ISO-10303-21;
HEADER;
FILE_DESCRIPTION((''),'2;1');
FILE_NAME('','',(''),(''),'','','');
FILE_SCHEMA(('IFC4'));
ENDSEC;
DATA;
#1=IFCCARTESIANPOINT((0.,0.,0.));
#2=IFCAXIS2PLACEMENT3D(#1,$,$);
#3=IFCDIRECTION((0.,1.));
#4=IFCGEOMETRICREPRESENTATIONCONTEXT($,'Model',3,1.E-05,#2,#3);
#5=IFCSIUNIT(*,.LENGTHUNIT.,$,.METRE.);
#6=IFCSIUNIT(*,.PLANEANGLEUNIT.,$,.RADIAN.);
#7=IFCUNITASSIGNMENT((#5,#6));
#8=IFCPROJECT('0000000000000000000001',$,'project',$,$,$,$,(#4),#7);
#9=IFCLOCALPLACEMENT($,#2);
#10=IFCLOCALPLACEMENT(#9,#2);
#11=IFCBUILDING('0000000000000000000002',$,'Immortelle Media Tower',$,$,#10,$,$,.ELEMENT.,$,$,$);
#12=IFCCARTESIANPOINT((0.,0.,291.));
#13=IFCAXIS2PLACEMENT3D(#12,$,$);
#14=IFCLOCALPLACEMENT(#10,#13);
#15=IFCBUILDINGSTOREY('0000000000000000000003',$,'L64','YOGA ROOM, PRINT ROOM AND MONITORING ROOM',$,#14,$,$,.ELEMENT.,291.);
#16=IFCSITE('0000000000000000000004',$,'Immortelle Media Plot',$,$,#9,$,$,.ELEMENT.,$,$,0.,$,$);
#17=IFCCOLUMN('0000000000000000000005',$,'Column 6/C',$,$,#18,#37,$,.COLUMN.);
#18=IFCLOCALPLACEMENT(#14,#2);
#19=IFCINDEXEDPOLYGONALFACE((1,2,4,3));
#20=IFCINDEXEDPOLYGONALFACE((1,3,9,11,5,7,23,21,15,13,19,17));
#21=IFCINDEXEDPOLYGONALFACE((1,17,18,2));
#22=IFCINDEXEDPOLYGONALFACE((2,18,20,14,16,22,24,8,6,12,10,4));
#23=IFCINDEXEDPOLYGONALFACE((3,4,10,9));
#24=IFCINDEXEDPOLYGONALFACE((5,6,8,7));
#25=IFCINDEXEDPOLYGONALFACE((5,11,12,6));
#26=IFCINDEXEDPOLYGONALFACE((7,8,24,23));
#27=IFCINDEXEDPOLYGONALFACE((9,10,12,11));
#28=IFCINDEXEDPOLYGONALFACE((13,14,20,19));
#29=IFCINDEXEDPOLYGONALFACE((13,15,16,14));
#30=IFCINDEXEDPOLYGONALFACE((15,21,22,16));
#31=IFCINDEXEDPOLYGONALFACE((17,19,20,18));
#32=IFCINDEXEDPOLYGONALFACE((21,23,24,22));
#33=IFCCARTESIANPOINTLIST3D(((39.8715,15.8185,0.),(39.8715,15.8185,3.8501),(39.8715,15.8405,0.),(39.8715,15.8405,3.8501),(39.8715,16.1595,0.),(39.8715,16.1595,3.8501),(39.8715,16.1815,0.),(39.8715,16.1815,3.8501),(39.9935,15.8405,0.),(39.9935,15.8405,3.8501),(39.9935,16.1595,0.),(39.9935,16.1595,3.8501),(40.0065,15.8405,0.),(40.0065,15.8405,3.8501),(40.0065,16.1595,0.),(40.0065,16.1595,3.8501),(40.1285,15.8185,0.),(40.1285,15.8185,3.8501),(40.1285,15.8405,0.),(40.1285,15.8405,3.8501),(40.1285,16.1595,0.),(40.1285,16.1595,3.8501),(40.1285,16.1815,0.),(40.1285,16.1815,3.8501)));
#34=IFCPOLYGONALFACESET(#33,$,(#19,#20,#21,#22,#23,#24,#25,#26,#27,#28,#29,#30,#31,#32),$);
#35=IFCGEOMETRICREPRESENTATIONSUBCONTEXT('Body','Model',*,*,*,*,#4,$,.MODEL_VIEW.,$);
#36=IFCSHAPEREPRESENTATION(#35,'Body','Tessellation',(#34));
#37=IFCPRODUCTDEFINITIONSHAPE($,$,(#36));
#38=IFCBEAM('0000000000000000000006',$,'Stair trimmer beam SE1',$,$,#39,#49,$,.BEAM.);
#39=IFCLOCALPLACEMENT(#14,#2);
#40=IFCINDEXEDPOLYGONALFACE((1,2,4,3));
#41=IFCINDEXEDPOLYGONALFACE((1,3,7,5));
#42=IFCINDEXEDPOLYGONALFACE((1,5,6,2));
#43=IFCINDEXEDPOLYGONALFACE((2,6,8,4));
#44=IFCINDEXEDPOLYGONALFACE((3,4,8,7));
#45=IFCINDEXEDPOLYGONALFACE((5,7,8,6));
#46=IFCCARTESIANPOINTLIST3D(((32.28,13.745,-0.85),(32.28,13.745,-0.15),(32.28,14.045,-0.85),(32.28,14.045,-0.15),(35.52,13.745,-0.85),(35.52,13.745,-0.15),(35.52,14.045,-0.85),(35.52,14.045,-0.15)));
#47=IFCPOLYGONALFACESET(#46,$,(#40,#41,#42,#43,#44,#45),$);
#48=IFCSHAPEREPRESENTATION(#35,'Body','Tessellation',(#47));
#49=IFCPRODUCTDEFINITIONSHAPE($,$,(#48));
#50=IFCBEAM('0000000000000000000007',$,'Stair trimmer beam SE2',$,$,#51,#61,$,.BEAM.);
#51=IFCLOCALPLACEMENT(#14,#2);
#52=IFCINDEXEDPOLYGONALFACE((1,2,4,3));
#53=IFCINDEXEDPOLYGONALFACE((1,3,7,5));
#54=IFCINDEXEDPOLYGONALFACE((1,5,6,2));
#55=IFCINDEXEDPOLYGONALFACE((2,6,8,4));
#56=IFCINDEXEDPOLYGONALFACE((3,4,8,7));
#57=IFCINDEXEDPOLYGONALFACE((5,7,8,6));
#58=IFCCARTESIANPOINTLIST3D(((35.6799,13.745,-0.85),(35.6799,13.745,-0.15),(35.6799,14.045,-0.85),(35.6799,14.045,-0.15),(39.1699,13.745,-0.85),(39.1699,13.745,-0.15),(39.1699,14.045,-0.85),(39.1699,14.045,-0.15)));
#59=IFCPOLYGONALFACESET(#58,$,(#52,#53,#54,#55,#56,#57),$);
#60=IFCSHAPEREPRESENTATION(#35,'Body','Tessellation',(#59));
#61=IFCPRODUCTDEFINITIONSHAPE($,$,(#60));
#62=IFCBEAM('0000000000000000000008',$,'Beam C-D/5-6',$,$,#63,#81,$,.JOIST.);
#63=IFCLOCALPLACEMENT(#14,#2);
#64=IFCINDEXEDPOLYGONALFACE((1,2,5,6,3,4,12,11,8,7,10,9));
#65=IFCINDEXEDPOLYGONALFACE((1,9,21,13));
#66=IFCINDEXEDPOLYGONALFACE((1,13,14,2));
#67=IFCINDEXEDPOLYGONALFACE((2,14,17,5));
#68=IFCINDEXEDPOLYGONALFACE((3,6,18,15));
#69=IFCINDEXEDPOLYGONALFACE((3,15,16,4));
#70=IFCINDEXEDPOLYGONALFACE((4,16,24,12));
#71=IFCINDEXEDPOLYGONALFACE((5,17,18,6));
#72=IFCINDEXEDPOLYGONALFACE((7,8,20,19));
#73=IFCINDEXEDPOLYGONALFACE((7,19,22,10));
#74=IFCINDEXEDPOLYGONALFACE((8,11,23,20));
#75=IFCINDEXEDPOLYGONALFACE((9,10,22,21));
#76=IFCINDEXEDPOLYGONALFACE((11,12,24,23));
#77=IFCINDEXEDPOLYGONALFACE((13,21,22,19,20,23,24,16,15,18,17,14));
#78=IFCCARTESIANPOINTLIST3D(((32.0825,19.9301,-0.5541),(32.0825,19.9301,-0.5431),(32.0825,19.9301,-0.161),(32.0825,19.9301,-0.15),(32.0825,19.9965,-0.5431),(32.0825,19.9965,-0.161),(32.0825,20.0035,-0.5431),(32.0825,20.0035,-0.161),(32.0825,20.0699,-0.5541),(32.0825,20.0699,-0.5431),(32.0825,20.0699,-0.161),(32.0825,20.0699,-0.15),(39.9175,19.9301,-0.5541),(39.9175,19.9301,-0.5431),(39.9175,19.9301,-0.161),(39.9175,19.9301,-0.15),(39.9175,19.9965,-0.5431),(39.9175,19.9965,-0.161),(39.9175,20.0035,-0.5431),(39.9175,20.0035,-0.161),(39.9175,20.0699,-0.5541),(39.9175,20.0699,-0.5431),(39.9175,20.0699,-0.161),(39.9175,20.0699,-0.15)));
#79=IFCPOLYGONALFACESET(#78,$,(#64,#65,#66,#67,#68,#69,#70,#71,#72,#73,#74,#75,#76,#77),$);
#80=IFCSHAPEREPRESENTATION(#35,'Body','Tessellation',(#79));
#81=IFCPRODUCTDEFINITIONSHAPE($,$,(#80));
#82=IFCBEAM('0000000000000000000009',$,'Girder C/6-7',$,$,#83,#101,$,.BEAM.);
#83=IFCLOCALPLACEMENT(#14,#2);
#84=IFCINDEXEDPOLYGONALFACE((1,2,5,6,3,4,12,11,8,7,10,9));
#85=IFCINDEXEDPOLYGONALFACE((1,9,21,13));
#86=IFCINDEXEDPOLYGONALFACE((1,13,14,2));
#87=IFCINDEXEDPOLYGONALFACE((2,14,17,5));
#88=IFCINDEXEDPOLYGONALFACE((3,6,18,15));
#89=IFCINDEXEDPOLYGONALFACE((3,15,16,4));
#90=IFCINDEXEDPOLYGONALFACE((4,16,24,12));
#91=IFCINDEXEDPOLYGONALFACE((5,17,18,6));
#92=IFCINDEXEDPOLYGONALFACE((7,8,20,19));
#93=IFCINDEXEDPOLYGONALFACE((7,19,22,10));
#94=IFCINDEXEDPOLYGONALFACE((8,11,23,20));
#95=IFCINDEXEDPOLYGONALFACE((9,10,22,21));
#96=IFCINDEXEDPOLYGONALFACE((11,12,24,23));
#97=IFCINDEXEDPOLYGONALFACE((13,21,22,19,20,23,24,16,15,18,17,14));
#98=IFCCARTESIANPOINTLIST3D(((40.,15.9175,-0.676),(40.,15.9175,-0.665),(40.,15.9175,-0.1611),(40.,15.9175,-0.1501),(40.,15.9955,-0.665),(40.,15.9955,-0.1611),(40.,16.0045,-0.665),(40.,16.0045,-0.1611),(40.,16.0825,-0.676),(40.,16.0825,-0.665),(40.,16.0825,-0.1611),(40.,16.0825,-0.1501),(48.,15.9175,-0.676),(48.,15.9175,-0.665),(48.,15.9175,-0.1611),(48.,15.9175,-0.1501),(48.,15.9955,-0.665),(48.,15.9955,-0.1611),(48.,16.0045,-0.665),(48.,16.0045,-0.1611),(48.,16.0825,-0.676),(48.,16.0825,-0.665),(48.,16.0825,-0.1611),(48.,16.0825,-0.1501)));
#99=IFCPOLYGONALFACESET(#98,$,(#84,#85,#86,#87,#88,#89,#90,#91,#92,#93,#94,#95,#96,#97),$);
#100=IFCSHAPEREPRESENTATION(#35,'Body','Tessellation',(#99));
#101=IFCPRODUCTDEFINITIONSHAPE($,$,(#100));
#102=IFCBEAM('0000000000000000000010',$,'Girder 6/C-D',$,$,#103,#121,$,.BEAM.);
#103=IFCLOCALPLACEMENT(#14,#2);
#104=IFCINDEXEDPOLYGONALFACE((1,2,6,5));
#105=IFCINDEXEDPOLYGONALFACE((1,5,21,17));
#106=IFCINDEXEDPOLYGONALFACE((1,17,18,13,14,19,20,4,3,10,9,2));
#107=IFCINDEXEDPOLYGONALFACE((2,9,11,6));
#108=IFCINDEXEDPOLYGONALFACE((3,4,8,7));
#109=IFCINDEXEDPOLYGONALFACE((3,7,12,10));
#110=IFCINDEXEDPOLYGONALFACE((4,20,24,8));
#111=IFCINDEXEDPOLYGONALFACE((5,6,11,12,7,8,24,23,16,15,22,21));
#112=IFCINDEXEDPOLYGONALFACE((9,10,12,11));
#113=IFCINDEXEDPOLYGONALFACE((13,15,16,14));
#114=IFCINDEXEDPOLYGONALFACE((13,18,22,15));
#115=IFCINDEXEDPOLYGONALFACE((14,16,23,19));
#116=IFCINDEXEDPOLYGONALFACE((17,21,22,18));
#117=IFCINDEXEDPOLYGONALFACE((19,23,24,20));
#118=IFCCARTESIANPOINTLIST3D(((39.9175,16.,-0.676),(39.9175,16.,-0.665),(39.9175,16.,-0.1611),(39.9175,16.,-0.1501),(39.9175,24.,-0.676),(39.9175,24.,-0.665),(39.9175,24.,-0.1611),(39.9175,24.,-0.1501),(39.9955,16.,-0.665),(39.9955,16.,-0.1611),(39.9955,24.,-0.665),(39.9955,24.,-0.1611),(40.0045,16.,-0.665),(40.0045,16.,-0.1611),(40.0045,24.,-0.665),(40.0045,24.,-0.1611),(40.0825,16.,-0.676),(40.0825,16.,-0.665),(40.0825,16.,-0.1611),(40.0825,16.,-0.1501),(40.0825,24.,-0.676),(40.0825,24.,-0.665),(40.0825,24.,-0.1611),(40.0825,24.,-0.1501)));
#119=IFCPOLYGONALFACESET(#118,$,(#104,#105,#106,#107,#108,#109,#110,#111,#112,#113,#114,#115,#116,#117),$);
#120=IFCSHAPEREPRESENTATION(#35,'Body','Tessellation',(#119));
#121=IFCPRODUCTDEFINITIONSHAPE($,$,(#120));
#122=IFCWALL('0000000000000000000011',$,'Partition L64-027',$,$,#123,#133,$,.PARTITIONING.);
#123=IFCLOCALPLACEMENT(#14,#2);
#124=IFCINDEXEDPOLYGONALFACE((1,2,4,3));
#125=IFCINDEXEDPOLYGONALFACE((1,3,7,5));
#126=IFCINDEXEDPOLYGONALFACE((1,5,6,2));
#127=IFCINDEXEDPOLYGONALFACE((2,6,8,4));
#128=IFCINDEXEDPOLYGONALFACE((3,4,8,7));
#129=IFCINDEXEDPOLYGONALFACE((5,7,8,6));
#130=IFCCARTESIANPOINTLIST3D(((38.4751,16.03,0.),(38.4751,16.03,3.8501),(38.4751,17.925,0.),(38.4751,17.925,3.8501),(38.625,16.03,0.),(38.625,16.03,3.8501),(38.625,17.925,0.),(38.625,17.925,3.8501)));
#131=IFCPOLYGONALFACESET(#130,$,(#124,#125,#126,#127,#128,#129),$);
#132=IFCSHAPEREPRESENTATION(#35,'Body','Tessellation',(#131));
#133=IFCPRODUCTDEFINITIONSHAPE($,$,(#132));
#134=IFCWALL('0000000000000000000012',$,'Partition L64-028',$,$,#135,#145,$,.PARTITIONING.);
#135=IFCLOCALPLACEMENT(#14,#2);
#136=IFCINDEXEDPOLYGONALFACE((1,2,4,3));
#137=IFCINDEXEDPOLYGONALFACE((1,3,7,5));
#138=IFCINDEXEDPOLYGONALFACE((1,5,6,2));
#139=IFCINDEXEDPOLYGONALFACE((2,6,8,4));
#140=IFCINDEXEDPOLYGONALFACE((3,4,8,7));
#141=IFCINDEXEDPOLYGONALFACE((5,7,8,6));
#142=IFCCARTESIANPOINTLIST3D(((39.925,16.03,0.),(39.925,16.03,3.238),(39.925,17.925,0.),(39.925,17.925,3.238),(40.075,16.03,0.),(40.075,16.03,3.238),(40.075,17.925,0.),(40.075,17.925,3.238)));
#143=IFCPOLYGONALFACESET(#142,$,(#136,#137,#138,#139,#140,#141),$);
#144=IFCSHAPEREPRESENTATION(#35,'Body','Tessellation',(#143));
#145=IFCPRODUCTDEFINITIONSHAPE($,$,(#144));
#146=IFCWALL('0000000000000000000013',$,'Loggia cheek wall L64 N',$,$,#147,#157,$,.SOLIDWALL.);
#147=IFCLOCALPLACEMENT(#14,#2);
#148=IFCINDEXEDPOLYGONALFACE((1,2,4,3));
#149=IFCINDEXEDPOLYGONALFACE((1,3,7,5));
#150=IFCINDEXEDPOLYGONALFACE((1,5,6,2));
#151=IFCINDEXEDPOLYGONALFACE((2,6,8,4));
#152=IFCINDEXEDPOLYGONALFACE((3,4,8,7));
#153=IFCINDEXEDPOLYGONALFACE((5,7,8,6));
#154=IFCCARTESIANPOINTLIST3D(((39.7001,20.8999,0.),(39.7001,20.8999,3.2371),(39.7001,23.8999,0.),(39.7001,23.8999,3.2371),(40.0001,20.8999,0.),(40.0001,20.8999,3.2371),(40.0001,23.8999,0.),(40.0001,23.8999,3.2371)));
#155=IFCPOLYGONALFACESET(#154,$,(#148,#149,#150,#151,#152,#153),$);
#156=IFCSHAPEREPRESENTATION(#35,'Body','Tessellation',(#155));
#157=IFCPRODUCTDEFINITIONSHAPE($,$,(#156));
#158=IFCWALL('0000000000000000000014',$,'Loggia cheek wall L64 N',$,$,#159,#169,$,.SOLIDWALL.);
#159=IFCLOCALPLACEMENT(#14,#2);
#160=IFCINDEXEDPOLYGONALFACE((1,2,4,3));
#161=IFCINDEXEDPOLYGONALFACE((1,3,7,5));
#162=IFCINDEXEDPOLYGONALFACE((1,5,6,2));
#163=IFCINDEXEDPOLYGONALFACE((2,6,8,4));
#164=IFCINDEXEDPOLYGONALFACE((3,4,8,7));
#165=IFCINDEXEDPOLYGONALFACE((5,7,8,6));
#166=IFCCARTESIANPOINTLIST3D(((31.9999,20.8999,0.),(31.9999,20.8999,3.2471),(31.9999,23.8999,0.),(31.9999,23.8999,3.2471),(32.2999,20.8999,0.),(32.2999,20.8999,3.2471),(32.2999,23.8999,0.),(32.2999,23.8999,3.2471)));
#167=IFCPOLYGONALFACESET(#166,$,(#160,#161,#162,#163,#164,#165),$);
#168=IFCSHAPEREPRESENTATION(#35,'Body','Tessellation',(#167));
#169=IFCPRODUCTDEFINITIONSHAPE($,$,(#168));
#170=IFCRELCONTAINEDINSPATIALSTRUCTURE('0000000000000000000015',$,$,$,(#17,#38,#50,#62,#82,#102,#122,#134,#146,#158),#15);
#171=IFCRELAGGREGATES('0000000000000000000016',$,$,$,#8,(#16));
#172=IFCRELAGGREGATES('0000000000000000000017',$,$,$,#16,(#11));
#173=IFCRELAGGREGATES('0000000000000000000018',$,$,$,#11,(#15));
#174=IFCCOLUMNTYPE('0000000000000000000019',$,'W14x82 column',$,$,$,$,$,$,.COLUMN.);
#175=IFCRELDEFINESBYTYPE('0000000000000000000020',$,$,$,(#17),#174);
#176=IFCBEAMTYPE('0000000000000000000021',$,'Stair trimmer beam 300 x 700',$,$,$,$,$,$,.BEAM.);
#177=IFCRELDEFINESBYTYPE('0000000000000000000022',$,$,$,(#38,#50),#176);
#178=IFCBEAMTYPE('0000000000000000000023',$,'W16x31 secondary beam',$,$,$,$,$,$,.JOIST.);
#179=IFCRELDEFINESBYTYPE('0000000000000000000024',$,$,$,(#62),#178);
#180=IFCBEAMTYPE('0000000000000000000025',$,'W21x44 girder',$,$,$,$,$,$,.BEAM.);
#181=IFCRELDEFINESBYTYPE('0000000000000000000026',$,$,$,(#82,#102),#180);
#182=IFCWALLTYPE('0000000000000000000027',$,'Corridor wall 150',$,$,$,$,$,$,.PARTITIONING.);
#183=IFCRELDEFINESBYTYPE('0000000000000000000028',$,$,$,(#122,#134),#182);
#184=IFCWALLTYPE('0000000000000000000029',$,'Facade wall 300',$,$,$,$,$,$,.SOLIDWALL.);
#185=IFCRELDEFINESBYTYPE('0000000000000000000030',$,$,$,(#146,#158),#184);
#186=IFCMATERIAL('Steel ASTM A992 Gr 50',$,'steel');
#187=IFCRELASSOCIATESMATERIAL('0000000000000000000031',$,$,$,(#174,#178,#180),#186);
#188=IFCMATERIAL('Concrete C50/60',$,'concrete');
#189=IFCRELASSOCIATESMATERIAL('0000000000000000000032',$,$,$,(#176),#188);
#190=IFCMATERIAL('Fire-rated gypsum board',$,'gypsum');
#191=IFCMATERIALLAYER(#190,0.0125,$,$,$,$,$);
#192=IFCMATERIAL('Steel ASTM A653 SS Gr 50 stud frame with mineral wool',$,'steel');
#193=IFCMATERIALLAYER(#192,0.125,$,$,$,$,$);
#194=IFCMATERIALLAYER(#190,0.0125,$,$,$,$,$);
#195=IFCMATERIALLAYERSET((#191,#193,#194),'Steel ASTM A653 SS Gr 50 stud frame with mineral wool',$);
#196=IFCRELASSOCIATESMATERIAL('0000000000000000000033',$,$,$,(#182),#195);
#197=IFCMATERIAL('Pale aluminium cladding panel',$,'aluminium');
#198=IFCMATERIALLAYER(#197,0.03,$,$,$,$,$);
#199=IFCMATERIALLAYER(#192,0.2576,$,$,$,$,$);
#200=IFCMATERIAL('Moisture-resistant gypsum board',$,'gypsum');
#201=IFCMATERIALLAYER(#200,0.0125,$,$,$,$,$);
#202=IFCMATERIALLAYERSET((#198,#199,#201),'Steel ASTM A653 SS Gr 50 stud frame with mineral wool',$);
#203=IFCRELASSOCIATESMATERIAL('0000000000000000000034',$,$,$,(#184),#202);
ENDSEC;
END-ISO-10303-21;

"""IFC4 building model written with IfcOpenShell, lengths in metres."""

from ifc_helpers import new_model, si_unit, direction, frame, frame_2d, origin, origin_2d, place, context, subcontext, project, spatial, rectangle, i_section, extrude, material, layer, layer_set, material_profile, profile_set, type_object, element, save


model = new_model("IFC4")

# Units and contexts
model_context = context("Model", 3, precision=1e-05, world=origin(), true_north=direction((0.0, 1.0)))
body_context = subcontext(model_context, "Body", "Model", "MODEL_VIEW")
ifc_project = project(units=[si_unit("LENGTHUNIT", "METRE"), si_unit("PLANEANGLEUNIT", "RADIAN")], contexts=[model_context])

# Site, building, storey
site_placement = place(None, origin())
site = spatial("IfcSite", under=ifc_project, at=site_placement, Name="Immortelle Media Plot", CompositionType="ELEMENT", RefElevation=0.0)
building_placement = place(site_placement, origin())
building = spatial("IfcBuilding", under=site, at=building_placement, Name="Immortelle Media Tower", CompositionType="ELEMENT")
storey_placement = place(building_placement, frame((0.0, 0.0, 291.0)))
storey = spatial("IfcBuildingStorey", under=building, at=storey_placement, Name="L64", Description="YOGA ROOM, PRINT ROOM AND MONITORING ROOM", CompositionType="ELEMENT", Elevation=291.0)

# Column
ifc_material_1 = material(Name="Steel ASTM A992 Gr 50", Category="steel")
ifc_material_profile_1 = material_profile(ifc_material_1, i_section(OverallWidth=0.2571, OverallDepth=0.363, WebThickness=0.0129, FlangeThickness=0.022, at=origin_2d()), Name="W14x82")
ifc_profile_set_1 = profile_set([ifc_material_profile_1], Name="Steel ASTM A992 Gr 50")
column_type = type_object("IfcColumnType", Name="W14x82 column", PredefinedType="COLUMN", material=ifc_profile_set_1)
column_placement = place(storey_placement, frame((40.0, 16.0, 0.0), z_axis=(0.0, 0.0, 1.0), x_axis=(1.0, 0.0, 0.0)))
element("IfcColumn", 1, at=column_placement, inside=storey, type_object=column_type, Name="Column 6/C", PredefinedType="COLUMN", context=body_context, shape_type="SweptSolid", body=[
    extrude(i_section(OverallWidth=0.2571, OverallDepth=0.363, WebThickness=0.0129, FlangeThickness=0.022, at=origin_2d()), origin(), (0.0, 0.0, 1.0), 3.8501),
])

# Beams
ifc_material_2 = material(Name="Concrete C50/60", Category="concrete")
ifc_material_profile_2 = material_profile(ifc_material_2, rectangle(XDim=0.3, YDim=0.7, at=origin_2d()), Name="RC 300x700")
ifc_profile_set_2 = profile_set([ifc_material_profile_2], Name="Concrete C50/60")
beam_type_1 = type_object("IfcBeamType", Name="Stair trimmer beam 300 x 700", PredefinedType="BEAM", material=ifc_profile_set_2)
beam_1_placement = place(storey_placement, frame((32.28, 13.895, -0.5), z_axis=(1.0, 0.0, 0.0), x_axis=(0.0, 1.0, 0.0)))
element("IfcBeam", 2, at=beam_1_placement, inside=storey, type_object=beam_type_1, Name="Stair trimmer beam SE1", PredefinedType="BEAM", context=body_context, shape_type="SweptSolid", body=[
    extrude(rectangle(XDim=0.3, YDim=0.7, at=origin_2d()), origin(), (0.0, 0.0, 1.0), 3.24),
])
beam_2_placement = place(storey_placement, frame((35.6799, 13.895, -0.5), z_axis=(1.0, 0.0, 0.0), x_axis=(0.0, 1.0, 0.0)))
element("IfcBeam", 3, at=beam_2_placement, inside=storey, type_object=beam_type_1, Name="Stair trimmer beam SE2", PredefinedType="BEAM", context=body_context, shape_type="SweptSolid", body=[
    extrude(rectangle(XDim=0.3, YDim=0.7, at=origin_2d()), origin(), (0.0, 0.0, 1.0), 3.49),
])
ifc_material_profile_3 = material_profile(ifc_material_1, i_section(OverallWidth=0.1399, OverallDepth=0.4041, WebThickness=0.0071, FlangeThickness=0.011, at=origin_2d()), Name="W16x31")
ifc_profile_set_3 = profile_set([ifc_material_profile_3], Name="Steel ASTM A992 Gr 50")
beam_type_2 = type_object("IfcBeamType", Name="W16x31 secondary beam", PredefinedType="JOIST", material=ifc_profile_set_3)
beam_3_placement = place(storey_placement, frame((32.0825, 20.0, -0.3521), z_axis=(1.0, 0.0, 0.0), x_axis=(0.0, 1.0, 0.0)))
element("IfcBeam", 4, at=beam_3_placement, inside=storey, type_object=beam_type_2, Name="Beam C-D/5-6", PredefinedType="JOIST", context=body_context, shape_type="SweptSolid", body=[
    extrude(i_section(OverallWidth=0.1399, OverallDepth=0.4041, WebThickness=0.0071, FlangeThickness=0.011, at=origin_2d()), origin(), (0.0, 0.0, 1.0), 7.835),
])
ifc_material_profile_4 = material_profile(ifc_material_1, i_section(OverallWidth=0.165, OverallDepth=0.5259, WebThickness=0.009, FlangeThickness=0.011, at=origin_2d()), Name="W21x44")
ifc_profile_set_4 = profile_set([ifc_material_profile_4], Name="Steel ASTM A992 Gr 50")
beam_type_3 = type_object("IfcBeamType", Name="W21x44 girder", PredefinedType="BEAM", material=ifc_profile_set_4)
for number, where, z_axis, x_axis, name in (
    (5, (40.0, 16.0, -0.4131), (1.0, 0.0, 0.0), (0.0, 1.0, 0.0), "Girder C/6-7"),
    (6, (40.0, 16.0, -0.4131), (0.0, 1.0, 0.0), (-1.0, 0.0, 0.0), "Girder 6/C-D"),
):
    element("IfcBeam", number, at=place(storey_placement, frame(where, z_axis=z_axis, x_axis=x_axis)), inside=storey, type_object=beam_type_3, Name=name, PredefinedType="BEAM", context=body_context, shape_type="SweptSolid", body=[
        extrude(i_section(OverallWidth=0.165, OverallDepth=0.5259, WebThickness=0.009, FlangeThickness=0.011, at=origin_2d()), origin(), (0.0, 0.0, 1.0), 8.0),
    ])

# Walls
ifc_material_3 = material(Name="Fire-rated gypsum board", Category="gypsum")
ifc_layer_1 = layer(ifc_material_3, 0.0125)
ifc_material_4 = material(Name="Steel ASTM A653 SS Gr 50 stud frame with mineral wool", Category="steel")
ifc_layer_2 = layer(ifc_material_4, 0.125)
ifc_layer_3 = layer(ifc_material_3, 0.0125)
ifc_layer_set_1 = layer_set([ifc_layer_1, ifc_layer_2, ifc_layer_3], Name="Steel ASTM A653 SS Gr 50 stud frame with mineral wool")
wall_type_1 = type_object("IfcWallType", Name="Corridor wall 150", PredefinedType="PARTITIONING", material=ifc_layer_set_1)
wall_1_placement = place(storey_placement, frame((38.55, 16.03, 0.0), z_axis=(0.0, 0.0, 1.0), x_axis=(0.0, 1.0, 0.0)))
element("IfcWall", 7, at=wall_1_placement, inside=storey, type_object=wall_type_1, Name="Partition L64-027", PredefinedType="PARTITIONING", context=body_context, shape_type="SweptSolid", body=[
    extrude(rectangle(XDim=1.895, YDim=0.1499, at=frame_2d((0.9475, 0.0))), origin(), (0.0, 0.0, 1.0), 3.8501),
])
wall_2_placement = place(storey_placement, frame((40.0, 16.03, 0.0), z_axis=(0.0, 0.0, 1.0), x_axis=(0.0, 1.0, 0.0)))
element("IfcWall", 8, at=wall_2_placement, inside=storey, type_object=wall_type_1, Name="Partition L64-028", PredefinedType="PARTITIONING", context=body_context, shape_type="SweptSolid", body=[
    extrude(rectangle(XDim=1.895, YDim=0.1499, at=frame_2d((0.9475, 0.0))), origin(), (0.0, 0.0, 1.0), 3.238),
])

# Shared definitions
ifc_material_5 = material(Name="Pale aluminium cladding panel", Category="aluminium")
ifc_layer_4 = layer(ifc_material_5, 0.03)
ifc_layer_5 = layer(ifc_material_4, 0.2576)
ifc_material_6 = material(Name="Moisture-resistant gypsum board", Category="gypsum")
ifc_layer_6 = layer(ifc_material_6, 0.0125)
ifc_layer_set_2 = layer_set([ifc_layer_4, ifc_layer_5, ifc_layer_6], Name="Steel ASTM A653 SS Gr 50 stud frame with mineral wool")
wall_type_2 = type_object("IfcWallType", Name="Facade wall 300", PredefinedType="SOLIDWALL", material=ifc_layer_set_2)

# Walls
wall_3_placement = place(storey_placement, frame((39.8501, 23.8999, 0.0), z_axis=(0.0, 0.0, 1.0), x_axis=(0.0, -1.0, 0.0)))
element("IfcWall", 9, at=wall_3_placement, inside=storey, type_object=wall_type_2, Name="Loggia cheek wall L64 N", PredefinedType="SOLIDWALL", context=body_context, shape_type="SweptSolid", body=[
    extrude(rectangle(XDim=3.0, YDim=0.3, at=frame_2d((1.5, 0.0))), origin(), (0.0, 0.0, 1.0), 3.2371),
])
wall_4_placement = place(storey_placement, frame((32.1499, 23.8999, 0.0), z_axis=(0.0, 0.0, 1.0), x_axis=(0.0, -1.0, 0.0)))
element("IfcWall", 10, at=wall_4_placement, inside=storey, type_object=wall_type_2, Name="Loggia cheek wall L64 N", PredefinedType="SOLIDWALL", context=body_context, shape_type="SweptSolid", body=[
    extrude(rectangle(XDim=3.0, YDim=0.3, at=frame_2d((1.5, 0.0))), origin(), (0.0, 0.0, 1.0), 3.2471),
])

save(model, "model.ifc")
